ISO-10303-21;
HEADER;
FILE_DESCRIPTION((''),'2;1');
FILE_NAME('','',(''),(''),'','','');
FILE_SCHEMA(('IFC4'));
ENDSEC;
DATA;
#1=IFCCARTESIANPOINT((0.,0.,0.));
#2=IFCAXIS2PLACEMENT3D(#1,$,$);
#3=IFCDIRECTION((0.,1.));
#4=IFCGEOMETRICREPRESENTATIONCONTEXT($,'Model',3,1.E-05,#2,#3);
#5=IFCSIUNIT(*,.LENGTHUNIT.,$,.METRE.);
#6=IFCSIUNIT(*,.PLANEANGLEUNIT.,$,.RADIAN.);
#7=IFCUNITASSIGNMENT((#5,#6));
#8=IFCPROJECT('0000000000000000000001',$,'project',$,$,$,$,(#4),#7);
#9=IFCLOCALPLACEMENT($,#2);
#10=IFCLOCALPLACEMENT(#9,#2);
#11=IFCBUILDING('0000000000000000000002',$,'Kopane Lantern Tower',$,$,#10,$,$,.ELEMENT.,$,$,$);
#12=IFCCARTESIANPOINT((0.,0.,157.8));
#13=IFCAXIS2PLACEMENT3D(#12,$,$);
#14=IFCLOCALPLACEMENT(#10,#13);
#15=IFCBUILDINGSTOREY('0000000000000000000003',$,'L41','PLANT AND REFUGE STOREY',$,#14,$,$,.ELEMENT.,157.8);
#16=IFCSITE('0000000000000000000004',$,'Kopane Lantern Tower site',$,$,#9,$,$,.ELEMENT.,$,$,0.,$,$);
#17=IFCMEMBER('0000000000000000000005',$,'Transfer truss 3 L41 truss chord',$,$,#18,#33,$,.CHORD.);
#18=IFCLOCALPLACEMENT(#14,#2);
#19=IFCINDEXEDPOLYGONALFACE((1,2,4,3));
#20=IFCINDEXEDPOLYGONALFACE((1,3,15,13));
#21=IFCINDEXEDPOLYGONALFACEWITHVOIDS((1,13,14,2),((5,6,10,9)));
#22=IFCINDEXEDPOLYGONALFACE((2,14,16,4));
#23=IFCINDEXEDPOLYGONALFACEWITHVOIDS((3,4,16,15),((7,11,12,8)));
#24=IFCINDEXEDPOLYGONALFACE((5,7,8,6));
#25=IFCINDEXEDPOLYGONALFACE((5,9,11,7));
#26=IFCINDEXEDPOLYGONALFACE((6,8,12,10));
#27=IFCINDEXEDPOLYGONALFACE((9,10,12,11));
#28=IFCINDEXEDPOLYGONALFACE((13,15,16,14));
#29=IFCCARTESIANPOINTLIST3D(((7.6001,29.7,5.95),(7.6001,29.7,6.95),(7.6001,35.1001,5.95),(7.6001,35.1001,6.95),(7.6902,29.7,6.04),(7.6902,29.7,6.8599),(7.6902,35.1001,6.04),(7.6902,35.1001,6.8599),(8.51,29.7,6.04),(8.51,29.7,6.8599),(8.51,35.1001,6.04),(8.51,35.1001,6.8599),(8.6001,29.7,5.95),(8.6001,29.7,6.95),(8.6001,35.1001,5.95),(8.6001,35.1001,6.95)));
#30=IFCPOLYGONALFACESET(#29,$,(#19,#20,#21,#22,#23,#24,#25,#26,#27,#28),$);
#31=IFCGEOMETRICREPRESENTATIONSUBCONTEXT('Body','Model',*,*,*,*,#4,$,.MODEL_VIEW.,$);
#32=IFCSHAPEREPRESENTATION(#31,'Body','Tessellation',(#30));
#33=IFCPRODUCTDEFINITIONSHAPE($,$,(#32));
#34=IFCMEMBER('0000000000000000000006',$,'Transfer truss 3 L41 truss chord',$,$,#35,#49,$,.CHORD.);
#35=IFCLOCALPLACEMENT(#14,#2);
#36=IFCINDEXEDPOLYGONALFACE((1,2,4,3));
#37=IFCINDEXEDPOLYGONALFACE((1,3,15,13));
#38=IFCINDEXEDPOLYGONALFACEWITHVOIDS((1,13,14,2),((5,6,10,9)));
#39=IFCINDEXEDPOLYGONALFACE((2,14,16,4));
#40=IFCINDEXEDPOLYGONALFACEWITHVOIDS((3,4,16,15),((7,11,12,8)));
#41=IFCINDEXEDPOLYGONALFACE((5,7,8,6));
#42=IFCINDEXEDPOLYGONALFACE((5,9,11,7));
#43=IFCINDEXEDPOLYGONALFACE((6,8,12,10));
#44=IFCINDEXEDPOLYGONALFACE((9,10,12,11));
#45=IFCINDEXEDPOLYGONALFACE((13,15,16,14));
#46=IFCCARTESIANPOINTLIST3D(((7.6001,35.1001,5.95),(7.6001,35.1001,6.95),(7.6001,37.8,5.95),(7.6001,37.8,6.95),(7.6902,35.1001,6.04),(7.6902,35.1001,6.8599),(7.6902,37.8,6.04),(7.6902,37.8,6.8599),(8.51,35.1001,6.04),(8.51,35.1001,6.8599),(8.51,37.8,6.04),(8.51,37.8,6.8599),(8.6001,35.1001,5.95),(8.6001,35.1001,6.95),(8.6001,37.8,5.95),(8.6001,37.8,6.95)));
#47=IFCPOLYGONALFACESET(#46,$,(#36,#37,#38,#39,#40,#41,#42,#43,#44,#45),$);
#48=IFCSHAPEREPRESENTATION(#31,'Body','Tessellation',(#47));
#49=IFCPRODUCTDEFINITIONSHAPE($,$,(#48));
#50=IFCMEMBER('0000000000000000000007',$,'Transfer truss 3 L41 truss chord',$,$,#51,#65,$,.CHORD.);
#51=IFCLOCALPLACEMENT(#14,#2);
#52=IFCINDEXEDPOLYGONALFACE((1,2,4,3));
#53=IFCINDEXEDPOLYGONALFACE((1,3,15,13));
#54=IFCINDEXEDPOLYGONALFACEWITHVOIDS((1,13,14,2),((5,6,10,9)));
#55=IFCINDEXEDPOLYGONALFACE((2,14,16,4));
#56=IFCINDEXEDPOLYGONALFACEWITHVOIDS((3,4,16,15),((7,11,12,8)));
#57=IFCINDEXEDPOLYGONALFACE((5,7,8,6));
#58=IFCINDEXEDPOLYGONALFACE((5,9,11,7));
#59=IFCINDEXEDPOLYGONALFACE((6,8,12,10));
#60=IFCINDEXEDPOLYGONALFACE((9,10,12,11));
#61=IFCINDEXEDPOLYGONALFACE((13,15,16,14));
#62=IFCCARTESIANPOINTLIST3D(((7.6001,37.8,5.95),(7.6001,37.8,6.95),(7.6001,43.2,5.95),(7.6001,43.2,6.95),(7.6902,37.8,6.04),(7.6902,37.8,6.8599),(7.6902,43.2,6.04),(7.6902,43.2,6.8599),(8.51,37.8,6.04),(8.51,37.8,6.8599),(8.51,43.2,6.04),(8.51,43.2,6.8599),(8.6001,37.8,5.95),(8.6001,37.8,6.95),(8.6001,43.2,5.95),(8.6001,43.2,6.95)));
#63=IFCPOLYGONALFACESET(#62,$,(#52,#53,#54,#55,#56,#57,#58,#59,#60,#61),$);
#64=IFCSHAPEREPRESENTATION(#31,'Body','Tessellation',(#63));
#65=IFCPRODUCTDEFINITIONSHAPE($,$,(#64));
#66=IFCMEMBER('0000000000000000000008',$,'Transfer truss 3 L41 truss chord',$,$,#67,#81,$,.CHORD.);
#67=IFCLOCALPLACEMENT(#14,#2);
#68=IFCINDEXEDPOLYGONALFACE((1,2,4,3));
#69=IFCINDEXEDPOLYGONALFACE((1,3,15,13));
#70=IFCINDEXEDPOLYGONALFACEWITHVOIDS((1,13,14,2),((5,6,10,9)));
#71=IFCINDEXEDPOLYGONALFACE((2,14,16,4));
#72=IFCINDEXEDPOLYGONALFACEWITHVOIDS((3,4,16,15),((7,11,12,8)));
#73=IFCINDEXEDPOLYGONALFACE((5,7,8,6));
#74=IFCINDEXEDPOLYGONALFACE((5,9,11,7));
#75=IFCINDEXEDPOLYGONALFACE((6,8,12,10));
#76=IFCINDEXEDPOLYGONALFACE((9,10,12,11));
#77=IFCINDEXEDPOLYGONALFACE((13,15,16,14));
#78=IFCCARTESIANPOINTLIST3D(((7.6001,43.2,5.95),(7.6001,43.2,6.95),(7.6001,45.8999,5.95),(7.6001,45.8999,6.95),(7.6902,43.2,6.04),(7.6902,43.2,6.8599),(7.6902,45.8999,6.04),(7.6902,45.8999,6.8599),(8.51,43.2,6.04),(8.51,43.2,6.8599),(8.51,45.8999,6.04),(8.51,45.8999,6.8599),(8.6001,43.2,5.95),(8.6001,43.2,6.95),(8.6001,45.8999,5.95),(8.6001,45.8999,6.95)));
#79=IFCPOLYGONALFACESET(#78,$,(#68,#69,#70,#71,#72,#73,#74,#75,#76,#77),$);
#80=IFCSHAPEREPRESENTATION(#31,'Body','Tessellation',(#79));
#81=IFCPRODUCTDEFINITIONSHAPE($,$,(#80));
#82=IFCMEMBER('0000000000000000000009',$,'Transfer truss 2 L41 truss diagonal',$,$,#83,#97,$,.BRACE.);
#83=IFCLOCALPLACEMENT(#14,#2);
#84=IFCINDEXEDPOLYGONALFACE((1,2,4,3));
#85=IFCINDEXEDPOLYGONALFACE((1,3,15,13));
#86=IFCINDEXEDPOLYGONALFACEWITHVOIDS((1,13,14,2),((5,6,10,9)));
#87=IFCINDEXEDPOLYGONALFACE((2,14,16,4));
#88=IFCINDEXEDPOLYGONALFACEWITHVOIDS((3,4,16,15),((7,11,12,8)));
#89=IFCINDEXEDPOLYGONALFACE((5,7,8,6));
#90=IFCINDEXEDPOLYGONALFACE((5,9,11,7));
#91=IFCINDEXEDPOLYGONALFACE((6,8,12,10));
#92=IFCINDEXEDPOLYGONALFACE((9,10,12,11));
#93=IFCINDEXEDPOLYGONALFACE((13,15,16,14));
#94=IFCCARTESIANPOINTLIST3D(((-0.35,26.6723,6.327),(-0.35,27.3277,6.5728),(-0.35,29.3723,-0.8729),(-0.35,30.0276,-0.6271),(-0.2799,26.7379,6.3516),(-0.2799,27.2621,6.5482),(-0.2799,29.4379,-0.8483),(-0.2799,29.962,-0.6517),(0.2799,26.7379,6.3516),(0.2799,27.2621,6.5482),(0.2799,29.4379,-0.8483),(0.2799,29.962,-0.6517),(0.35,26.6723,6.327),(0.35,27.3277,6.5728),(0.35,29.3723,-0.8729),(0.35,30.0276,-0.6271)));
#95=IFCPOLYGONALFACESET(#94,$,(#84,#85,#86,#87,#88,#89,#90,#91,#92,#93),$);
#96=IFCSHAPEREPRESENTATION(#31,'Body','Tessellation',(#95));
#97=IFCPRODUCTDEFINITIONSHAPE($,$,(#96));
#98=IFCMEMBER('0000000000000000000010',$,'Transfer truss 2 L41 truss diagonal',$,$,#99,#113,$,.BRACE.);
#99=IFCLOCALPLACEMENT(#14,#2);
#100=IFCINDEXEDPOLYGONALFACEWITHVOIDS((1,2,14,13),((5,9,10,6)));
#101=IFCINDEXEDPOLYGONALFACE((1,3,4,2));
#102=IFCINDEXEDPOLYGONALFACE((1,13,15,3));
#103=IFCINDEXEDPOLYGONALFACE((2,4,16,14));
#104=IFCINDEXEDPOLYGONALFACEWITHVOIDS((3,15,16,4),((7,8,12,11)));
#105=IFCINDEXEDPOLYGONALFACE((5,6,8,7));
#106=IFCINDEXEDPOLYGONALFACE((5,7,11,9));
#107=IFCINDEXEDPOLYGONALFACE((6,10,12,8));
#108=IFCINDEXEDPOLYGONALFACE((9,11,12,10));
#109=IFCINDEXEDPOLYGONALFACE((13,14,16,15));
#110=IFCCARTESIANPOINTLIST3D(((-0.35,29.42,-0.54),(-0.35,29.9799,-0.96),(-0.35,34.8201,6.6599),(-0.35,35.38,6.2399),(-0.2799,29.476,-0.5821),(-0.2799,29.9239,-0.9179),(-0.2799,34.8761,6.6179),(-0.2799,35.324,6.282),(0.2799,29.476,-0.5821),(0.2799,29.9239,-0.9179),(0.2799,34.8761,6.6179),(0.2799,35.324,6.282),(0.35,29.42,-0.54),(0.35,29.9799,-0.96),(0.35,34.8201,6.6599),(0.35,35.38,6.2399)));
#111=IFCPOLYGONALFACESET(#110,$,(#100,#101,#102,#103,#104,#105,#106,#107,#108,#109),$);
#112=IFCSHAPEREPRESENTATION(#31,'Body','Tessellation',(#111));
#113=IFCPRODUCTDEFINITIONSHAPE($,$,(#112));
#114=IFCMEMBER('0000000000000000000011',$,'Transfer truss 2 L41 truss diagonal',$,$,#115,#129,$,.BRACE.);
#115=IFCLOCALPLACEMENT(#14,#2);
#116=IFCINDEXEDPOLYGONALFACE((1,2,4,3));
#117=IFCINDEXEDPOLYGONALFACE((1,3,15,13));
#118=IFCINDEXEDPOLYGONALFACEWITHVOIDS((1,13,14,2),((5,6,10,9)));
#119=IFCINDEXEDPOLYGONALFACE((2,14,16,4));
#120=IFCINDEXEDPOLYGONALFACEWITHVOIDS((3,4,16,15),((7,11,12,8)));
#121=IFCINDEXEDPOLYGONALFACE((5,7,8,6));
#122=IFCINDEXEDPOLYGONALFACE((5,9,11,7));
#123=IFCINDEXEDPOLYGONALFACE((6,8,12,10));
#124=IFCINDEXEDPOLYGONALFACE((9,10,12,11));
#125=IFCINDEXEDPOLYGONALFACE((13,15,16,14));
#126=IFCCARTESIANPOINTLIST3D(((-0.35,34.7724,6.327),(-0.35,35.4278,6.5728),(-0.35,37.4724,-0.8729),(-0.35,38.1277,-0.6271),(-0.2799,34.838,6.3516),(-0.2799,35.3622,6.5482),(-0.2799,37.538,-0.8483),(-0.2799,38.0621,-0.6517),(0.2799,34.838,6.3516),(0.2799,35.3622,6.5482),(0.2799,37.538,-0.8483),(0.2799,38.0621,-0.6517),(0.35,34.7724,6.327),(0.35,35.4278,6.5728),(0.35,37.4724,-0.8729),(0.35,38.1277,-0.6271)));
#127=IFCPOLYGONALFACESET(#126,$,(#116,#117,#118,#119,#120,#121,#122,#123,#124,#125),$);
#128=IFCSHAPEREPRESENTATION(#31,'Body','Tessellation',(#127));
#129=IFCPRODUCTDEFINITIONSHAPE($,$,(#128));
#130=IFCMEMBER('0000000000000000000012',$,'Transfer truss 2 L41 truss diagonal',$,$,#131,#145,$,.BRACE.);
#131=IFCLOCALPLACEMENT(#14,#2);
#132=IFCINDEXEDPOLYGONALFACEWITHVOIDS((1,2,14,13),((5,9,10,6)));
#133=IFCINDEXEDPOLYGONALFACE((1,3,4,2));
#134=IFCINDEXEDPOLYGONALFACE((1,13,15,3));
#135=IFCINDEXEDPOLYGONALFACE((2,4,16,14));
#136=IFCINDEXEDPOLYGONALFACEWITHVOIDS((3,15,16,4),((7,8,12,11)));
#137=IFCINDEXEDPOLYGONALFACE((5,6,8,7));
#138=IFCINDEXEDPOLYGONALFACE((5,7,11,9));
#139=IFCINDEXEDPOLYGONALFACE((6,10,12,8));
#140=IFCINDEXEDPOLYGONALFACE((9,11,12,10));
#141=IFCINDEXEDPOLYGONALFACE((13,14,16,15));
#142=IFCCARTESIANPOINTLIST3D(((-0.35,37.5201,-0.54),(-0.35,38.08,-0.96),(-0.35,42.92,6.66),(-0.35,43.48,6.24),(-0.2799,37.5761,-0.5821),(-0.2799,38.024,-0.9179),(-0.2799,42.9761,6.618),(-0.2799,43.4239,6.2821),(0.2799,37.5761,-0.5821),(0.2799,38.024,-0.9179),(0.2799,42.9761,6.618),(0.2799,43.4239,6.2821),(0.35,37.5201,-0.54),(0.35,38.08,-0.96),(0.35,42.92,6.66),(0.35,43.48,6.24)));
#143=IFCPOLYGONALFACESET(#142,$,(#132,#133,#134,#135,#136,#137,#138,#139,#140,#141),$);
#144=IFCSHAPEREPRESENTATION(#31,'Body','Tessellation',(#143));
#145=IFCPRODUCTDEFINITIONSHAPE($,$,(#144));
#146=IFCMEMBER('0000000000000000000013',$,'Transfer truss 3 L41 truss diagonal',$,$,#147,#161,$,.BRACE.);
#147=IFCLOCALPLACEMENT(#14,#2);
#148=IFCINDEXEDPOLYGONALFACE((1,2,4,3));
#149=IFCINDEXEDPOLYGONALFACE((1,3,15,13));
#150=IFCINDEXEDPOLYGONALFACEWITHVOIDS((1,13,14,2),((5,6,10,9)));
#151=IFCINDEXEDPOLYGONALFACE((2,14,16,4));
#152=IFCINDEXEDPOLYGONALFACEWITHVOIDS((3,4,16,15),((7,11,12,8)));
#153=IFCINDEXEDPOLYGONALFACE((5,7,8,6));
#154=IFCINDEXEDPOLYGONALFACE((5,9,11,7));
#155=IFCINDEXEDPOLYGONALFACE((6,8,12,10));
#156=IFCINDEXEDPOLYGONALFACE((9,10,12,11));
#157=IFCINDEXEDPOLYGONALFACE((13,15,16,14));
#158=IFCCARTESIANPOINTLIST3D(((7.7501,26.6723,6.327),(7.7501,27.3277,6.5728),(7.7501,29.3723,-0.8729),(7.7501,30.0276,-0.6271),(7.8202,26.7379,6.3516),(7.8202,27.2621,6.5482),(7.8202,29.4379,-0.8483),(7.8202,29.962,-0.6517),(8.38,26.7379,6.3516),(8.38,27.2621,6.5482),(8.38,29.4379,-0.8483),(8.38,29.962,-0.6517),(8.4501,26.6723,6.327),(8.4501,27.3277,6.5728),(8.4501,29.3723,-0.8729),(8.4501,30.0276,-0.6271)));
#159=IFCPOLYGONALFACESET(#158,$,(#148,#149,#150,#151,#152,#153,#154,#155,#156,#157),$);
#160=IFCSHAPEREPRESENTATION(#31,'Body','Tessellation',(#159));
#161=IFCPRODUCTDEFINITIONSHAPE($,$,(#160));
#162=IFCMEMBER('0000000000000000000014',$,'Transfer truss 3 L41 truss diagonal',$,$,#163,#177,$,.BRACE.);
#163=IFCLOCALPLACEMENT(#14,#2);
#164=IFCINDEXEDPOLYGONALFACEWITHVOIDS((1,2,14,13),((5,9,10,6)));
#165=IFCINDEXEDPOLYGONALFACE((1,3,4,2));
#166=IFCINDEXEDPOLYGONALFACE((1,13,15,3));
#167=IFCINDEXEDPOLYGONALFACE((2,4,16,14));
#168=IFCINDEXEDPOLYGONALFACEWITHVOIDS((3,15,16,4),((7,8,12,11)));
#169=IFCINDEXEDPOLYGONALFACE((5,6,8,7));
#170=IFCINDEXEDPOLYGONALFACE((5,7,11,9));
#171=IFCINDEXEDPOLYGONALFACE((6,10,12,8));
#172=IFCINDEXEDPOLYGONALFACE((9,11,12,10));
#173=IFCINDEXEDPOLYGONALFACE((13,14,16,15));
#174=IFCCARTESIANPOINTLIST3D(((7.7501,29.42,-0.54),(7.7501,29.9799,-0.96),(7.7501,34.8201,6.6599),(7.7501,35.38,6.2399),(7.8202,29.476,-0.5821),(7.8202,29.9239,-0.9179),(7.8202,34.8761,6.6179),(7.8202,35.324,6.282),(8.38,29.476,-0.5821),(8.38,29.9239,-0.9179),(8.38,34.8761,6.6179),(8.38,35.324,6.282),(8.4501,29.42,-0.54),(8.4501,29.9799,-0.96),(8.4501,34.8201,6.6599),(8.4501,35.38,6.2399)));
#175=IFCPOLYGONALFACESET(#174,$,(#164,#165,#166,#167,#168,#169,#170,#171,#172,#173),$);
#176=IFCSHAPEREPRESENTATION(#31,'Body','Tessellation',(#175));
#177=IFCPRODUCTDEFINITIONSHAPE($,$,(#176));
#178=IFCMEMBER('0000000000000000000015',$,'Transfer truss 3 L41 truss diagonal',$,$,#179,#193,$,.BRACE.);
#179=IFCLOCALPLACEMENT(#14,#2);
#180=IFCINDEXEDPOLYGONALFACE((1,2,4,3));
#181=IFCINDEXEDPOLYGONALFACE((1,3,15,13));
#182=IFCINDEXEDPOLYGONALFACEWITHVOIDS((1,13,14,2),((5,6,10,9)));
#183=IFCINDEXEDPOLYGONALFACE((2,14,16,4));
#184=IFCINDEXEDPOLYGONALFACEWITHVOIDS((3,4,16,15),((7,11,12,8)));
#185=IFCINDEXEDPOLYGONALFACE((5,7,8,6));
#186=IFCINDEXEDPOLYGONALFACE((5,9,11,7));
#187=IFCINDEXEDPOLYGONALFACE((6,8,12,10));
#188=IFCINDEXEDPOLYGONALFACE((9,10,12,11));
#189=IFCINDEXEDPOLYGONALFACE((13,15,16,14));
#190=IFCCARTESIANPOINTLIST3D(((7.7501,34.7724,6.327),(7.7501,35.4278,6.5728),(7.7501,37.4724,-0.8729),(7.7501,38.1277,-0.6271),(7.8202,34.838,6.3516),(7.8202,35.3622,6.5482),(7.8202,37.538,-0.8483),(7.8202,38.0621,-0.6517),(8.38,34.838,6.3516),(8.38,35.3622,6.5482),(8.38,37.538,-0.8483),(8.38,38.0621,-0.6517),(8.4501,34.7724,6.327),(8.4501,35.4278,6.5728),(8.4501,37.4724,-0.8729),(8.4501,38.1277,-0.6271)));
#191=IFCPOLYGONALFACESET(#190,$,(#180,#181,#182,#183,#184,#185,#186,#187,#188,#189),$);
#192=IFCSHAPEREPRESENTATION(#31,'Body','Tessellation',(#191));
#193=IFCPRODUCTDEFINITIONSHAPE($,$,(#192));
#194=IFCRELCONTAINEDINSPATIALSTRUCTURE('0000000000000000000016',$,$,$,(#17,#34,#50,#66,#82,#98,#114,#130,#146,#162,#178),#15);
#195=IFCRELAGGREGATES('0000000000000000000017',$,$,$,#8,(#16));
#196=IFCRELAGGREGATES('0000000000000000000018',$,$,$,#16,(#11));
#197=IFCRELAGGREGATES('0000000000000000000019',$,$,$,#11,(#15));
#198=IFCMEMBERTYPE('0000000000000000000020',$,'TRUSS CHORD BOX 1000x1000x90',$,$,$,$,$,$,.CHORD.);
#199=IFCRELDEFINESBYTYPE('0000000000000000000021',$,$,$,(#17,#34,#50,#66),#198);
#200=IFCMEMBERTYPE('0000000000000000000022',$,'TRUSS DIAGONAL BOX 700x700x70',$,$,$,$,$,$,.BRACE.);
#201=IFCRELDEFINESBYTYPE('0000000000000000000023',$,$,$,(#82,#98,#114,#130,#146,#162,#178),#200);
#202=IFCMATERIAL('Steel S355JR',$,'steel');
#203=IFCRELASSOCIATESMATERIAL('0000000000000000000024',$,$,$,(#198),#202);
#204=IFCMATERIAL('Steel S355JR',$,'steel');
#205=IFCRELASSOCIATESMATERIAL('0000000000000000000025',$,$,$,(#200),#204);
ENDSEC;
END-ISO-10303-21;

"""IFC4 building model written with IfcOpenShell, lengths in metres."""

from ifc_helpers import new_model, si_unit, direction, frame, origin, origin_2d, place, context, subcontext, project, spatial, hollow_rectangle, extrude, material, material_profile, profile_set, type_object, element, save


model = new_model("IFC4")

# Units and contexts
model_context = context("Model", 3, precision=1e-05, world=origin(), true_north=direction((0.0, 1.0)))
body_context = subcontext(model_context, "Body", "Model", "MODEL_VIEW")
ifc_project = project(units=[si_unit("LENGTHUNIT", "METRE"), si_unit("PLANEANGLEUNIT", "RADIAN")], contexts=[model_context])

# Site, building, storey
site_placement = place(None, origin())
site = spatial("IfcSite", under=ifc_project, at=site_placement, Name="Kopane Lantern Tower site", CompositionType="ELEMENT", RefElevation=0.0)
building_placement = place(site_placement, origin())
building = spatial("IfcBuilding", under=site, at=building_placement, Name="Kopane Lantern Tower", CompositionType="ELEMENT")
storey_placement = place(building_placement, frame((0.0, 0.0, 157.8)))
storey = spatial("IfcBuildingStorey", under=building, at=storey_placement, Name="L41", Description="PLANT AND REFUGE STOREY", CompositionType="ELEMENT", Elevation=157.8)

# Members
ifc_material_1 = material(Name="Steel S355JR", Category="steel")
ifc_material_profile_1 = material_profile(ifc_material_1, hollow_rectangle(XDim=1.0, YDim=1.0, WallThickness=0.0901, at=origin_2d()), Name="BOX 1000x1000x90")
ifc_profile_set_1 = profile_set([ifc_material_profile_1], Name="Steel S355JR")
member_type_1 = type_object("IfcMemberType", Name="TRUSS CHORD BOX 1000x1000x90", PredefinedType="CHORD", material=ifc_profile_set_1)
member_1_placement = place(storey_placement, frame((8.1001, 29.7, 6.45), z_axis=(0.0, 1.0, 0.0), x_axis=(-1.0, 0.0, 0.0)))
element("IfcMember", 1, at=member_1_placement, inside=storey, type_object=member_type_1, Name="Transfer truss 3 L41 truss chord", PredefinedType="CHORD", context=body_context, shape_type="SweptSolid", body=[
    extrude(hollow_rectangle(XDim=1.0, YDim=1.0, WallThickness=0.0901, at=origin_2d()), origin(), (0.0, 0.0, 1.0), 5.4001),
])
member_2_placement = place(storey_placement, frame((8.1001, 35.1001, 6.45), z_axis=(0.0, 1.0, 0.0), x_axis=(-1.0, 0.0, 0.0)))
element("IfcMember", 2, at=member_2_placement, inside=storey, type_object=member_type_1, Name="Transfer truss 3 L41 truss chord", PredefinedType="CHORD", context=body_context, shape_type="SweptSolid", body=[
    extrude(hollow_rectangle(XDim=1.0, YDim=1.0, WallThickness=0.0901, at=origin_2d()), origin(), (0.0, 0.0, 1.0), 2.7),
])
member_3_placement = place(storey_placement, frame((8.1001, 37.8, 6.45), z_axis=(0.0, 1.0, 0.0), x_axis=(-1.0, 0.0, 0.0)))
element("IfcMember", 3, at=member_3_placement, inside=storey, type_object=member_type_1, Name="Transfer truss 3 L41 truss chord", PredefinedType="CHORD", context=body_context, shape_type="SweptSolid", body=[
    extrude(hollow_rectangle(XDim=1.0, YDim=1.0, WallThickness=0.0901, at=origin_2d()), origin(), (0.0, 0.0, 1.0), 5.3999),
])
member_4_placement = place(storey_placement, frame((8.1001, 43.2, 6.45), z_axis=(0.0, 1.0, 0.0), x_axis=(-1.0, 0.0, 0.0)))
element("IfcMember", 4, at=member_4_placement, inside=storey, type_object=member_type_1, Name="Transfer truss 3 L41 truss chord", PredefinedType="CHORD", context=body_context, shape_type="SweptSolid", body=[
    extrude(hollow_rectangle(XDim=1.0, YDim=1.0, WallThickness=0.0901, at=origin_2d()), origin(), (0.0, 0.0, 1.0), 2.7),
])
ifc_material_2 = material(Name="Steel S355JR", Category="steel")
ifc_material_profile_2 = material_profile(ifc_material_2, hollow_rectangle(XDim=0.7, YDim=0.7, WallThickness=0.0701, at=origin_2d()), Name="BOX 700x700x70")
ifc_profile_set_2 = profile_set([ifc_material_profile_2], Name="Steel S355JR")
member_type_2 = type_object("IfcMemberType", Name="TRUSS DIAGONAL BOX 700x700x70", PredefinedType="BRACE", material=ifc_profile_set_2)
member_5_placement = place(storey_placement, frame((0.0, 29.7, -0.75), z_axis=(0.0, -0.35112, 0.93633), x_axis=(1.0, 0.0, 0.0)))
element("IfcMember", 5, at=member_5_placement, inside=storey, type_object=member_type_2, Name="Transfer truss 2 L41 truss diagonal", PredefinedType="BRACE", context=body_context, shape_type="SweptSolid", body=[
    extrude(hollow_rectangle(XDim=0.7, YDim=0.7, WallThickness=0.0701, at=origin_2d()), origin(), (0.0, 0.0, 1.0), 7.6895),
])
member_6_placement = place(storey_placement, frame((0.0, 29.7, -0.75), z_axis=(0.0, 0.600013, 0.79999), x_axis=(-1.0, 0.0, 0.0)))
element("IfcMember", 6, at=member_6_placement, inside=storey, type_object=member_type_2, Name="Transfer truss 2 L41 truss diagonal", PredefinedType="BRACE", context=body_context, shape_type="SweptSolid", body=[
    extrude(hollow_rectangle(XDim=0.7, YDim=0.7, WallThickness=0.0701, at=origin_2d()), origin(), (0.0, 0.0, 1.0), 9.0),
])
member_7_placement = place(storey_placement, frame((0.0, 37.8, -0.75), z_axis=(0.0, -0.35112, 0.93633), x_axis=(1.0, 0.0, 0.0)))
element("IfcMember", 7, at=member_7_placement, inside=storey, type_object=member_type_2, Name="Transfer truss 2 L41 truss diagonal", PredefinedType="BRACE", context=body_context, shape_type="SweptSolid", body=[
    extrude(hollow_rectangle(XDim=0.7, YDim=0.7, WallThickness=0.0701, at=origin_2d()), origin(), (0.0, 0.0, 1.0), 7.6895),
])
member_8_placement = place(storey_placement, frame((0.0, 37.8, -0.75), z_axis=(0.0, 0.599996, 0.800003), x_axis=(-1.0, 0.0, 0.0)))
element("IfcMember", 8, at=member_8_placement, inside=storey, type_object=member_type_2, Name="Transfer truss 2 L41 truss diagonal", PredefinedType="BRACE", context=body_context, shape_type="SweptSolid", body=[
    extrude(hollow_rectangle(XDim=0.7, YDim=0.7, WallThickness=0.0701, at=origin_2d()), origin(), (0.0, 0.0, 1.0), 9.0),
])
member_9_placement = place(storey_placement, frame((8.1001, 29.7, -0.75), z_axis=(0.0, -0.35112, 0.93633), x_axis=(1.0, 0.0, 0.0)))
element("IfcMember", 9, at=member_9_placement, inside=storey, type_object=member_type_2, Name="Transfer truss 3 L41 truss diagonal", PredefinedType="BRACE", context=body_context, shape_type="SweptSolid", body=[
    extrude(hollow_rectangle(XDim=0.7, YDim=0.7, WallThickness=0.0701, at=origin_2d()), origin(), (0.0, 0.0, 1.0), 7.6895),
])
member_10_placement = place(storey_placement, frame((8.1001, 29.7, -0.75), z_axis=(0.0, 0.600013, 0.79999), x_axis=(-1.0, 0.0, 0.0)))
element("IfcMember", 10, at=member_10_placement, inside=storey, type_object=member_type_2, Name="Transfer truss 3 L41 truss diagonal", PredefinedType="BRACE", context=body_context, shape_type="SweptSolid", body=[
    extrude(hollow_rectangle(XDim=0.7, YDim=0.7, WallThickness=0.0701, at=origin_2d()), origin(), (0.0, 0.0, 1.0), 9.0),
])
member_11_placement = place(storey_placement, frame((8.1001, 37.8, -0.75), z_axis=(0.0, -0.35112, 0.93633), x_axis=(1.0, 0.0, 0.0)))
element("IfcMember", 11, at=member_11_placement, inside=storey, type_object=member_type_2, Name="Transfer truss 3 L41 truss diagonal", PredefinedType="BRACE", context=body_context, shape_type="SweptSolid", body=[
    extrude(hollow_rectangle(XDim=0.7, YDim=0.7, WallThickness=0.0701, at=origin_2d()), origin(), (0.0, 0.0, 1.0), 7.6895),
])

save(model, "model.ifc")
